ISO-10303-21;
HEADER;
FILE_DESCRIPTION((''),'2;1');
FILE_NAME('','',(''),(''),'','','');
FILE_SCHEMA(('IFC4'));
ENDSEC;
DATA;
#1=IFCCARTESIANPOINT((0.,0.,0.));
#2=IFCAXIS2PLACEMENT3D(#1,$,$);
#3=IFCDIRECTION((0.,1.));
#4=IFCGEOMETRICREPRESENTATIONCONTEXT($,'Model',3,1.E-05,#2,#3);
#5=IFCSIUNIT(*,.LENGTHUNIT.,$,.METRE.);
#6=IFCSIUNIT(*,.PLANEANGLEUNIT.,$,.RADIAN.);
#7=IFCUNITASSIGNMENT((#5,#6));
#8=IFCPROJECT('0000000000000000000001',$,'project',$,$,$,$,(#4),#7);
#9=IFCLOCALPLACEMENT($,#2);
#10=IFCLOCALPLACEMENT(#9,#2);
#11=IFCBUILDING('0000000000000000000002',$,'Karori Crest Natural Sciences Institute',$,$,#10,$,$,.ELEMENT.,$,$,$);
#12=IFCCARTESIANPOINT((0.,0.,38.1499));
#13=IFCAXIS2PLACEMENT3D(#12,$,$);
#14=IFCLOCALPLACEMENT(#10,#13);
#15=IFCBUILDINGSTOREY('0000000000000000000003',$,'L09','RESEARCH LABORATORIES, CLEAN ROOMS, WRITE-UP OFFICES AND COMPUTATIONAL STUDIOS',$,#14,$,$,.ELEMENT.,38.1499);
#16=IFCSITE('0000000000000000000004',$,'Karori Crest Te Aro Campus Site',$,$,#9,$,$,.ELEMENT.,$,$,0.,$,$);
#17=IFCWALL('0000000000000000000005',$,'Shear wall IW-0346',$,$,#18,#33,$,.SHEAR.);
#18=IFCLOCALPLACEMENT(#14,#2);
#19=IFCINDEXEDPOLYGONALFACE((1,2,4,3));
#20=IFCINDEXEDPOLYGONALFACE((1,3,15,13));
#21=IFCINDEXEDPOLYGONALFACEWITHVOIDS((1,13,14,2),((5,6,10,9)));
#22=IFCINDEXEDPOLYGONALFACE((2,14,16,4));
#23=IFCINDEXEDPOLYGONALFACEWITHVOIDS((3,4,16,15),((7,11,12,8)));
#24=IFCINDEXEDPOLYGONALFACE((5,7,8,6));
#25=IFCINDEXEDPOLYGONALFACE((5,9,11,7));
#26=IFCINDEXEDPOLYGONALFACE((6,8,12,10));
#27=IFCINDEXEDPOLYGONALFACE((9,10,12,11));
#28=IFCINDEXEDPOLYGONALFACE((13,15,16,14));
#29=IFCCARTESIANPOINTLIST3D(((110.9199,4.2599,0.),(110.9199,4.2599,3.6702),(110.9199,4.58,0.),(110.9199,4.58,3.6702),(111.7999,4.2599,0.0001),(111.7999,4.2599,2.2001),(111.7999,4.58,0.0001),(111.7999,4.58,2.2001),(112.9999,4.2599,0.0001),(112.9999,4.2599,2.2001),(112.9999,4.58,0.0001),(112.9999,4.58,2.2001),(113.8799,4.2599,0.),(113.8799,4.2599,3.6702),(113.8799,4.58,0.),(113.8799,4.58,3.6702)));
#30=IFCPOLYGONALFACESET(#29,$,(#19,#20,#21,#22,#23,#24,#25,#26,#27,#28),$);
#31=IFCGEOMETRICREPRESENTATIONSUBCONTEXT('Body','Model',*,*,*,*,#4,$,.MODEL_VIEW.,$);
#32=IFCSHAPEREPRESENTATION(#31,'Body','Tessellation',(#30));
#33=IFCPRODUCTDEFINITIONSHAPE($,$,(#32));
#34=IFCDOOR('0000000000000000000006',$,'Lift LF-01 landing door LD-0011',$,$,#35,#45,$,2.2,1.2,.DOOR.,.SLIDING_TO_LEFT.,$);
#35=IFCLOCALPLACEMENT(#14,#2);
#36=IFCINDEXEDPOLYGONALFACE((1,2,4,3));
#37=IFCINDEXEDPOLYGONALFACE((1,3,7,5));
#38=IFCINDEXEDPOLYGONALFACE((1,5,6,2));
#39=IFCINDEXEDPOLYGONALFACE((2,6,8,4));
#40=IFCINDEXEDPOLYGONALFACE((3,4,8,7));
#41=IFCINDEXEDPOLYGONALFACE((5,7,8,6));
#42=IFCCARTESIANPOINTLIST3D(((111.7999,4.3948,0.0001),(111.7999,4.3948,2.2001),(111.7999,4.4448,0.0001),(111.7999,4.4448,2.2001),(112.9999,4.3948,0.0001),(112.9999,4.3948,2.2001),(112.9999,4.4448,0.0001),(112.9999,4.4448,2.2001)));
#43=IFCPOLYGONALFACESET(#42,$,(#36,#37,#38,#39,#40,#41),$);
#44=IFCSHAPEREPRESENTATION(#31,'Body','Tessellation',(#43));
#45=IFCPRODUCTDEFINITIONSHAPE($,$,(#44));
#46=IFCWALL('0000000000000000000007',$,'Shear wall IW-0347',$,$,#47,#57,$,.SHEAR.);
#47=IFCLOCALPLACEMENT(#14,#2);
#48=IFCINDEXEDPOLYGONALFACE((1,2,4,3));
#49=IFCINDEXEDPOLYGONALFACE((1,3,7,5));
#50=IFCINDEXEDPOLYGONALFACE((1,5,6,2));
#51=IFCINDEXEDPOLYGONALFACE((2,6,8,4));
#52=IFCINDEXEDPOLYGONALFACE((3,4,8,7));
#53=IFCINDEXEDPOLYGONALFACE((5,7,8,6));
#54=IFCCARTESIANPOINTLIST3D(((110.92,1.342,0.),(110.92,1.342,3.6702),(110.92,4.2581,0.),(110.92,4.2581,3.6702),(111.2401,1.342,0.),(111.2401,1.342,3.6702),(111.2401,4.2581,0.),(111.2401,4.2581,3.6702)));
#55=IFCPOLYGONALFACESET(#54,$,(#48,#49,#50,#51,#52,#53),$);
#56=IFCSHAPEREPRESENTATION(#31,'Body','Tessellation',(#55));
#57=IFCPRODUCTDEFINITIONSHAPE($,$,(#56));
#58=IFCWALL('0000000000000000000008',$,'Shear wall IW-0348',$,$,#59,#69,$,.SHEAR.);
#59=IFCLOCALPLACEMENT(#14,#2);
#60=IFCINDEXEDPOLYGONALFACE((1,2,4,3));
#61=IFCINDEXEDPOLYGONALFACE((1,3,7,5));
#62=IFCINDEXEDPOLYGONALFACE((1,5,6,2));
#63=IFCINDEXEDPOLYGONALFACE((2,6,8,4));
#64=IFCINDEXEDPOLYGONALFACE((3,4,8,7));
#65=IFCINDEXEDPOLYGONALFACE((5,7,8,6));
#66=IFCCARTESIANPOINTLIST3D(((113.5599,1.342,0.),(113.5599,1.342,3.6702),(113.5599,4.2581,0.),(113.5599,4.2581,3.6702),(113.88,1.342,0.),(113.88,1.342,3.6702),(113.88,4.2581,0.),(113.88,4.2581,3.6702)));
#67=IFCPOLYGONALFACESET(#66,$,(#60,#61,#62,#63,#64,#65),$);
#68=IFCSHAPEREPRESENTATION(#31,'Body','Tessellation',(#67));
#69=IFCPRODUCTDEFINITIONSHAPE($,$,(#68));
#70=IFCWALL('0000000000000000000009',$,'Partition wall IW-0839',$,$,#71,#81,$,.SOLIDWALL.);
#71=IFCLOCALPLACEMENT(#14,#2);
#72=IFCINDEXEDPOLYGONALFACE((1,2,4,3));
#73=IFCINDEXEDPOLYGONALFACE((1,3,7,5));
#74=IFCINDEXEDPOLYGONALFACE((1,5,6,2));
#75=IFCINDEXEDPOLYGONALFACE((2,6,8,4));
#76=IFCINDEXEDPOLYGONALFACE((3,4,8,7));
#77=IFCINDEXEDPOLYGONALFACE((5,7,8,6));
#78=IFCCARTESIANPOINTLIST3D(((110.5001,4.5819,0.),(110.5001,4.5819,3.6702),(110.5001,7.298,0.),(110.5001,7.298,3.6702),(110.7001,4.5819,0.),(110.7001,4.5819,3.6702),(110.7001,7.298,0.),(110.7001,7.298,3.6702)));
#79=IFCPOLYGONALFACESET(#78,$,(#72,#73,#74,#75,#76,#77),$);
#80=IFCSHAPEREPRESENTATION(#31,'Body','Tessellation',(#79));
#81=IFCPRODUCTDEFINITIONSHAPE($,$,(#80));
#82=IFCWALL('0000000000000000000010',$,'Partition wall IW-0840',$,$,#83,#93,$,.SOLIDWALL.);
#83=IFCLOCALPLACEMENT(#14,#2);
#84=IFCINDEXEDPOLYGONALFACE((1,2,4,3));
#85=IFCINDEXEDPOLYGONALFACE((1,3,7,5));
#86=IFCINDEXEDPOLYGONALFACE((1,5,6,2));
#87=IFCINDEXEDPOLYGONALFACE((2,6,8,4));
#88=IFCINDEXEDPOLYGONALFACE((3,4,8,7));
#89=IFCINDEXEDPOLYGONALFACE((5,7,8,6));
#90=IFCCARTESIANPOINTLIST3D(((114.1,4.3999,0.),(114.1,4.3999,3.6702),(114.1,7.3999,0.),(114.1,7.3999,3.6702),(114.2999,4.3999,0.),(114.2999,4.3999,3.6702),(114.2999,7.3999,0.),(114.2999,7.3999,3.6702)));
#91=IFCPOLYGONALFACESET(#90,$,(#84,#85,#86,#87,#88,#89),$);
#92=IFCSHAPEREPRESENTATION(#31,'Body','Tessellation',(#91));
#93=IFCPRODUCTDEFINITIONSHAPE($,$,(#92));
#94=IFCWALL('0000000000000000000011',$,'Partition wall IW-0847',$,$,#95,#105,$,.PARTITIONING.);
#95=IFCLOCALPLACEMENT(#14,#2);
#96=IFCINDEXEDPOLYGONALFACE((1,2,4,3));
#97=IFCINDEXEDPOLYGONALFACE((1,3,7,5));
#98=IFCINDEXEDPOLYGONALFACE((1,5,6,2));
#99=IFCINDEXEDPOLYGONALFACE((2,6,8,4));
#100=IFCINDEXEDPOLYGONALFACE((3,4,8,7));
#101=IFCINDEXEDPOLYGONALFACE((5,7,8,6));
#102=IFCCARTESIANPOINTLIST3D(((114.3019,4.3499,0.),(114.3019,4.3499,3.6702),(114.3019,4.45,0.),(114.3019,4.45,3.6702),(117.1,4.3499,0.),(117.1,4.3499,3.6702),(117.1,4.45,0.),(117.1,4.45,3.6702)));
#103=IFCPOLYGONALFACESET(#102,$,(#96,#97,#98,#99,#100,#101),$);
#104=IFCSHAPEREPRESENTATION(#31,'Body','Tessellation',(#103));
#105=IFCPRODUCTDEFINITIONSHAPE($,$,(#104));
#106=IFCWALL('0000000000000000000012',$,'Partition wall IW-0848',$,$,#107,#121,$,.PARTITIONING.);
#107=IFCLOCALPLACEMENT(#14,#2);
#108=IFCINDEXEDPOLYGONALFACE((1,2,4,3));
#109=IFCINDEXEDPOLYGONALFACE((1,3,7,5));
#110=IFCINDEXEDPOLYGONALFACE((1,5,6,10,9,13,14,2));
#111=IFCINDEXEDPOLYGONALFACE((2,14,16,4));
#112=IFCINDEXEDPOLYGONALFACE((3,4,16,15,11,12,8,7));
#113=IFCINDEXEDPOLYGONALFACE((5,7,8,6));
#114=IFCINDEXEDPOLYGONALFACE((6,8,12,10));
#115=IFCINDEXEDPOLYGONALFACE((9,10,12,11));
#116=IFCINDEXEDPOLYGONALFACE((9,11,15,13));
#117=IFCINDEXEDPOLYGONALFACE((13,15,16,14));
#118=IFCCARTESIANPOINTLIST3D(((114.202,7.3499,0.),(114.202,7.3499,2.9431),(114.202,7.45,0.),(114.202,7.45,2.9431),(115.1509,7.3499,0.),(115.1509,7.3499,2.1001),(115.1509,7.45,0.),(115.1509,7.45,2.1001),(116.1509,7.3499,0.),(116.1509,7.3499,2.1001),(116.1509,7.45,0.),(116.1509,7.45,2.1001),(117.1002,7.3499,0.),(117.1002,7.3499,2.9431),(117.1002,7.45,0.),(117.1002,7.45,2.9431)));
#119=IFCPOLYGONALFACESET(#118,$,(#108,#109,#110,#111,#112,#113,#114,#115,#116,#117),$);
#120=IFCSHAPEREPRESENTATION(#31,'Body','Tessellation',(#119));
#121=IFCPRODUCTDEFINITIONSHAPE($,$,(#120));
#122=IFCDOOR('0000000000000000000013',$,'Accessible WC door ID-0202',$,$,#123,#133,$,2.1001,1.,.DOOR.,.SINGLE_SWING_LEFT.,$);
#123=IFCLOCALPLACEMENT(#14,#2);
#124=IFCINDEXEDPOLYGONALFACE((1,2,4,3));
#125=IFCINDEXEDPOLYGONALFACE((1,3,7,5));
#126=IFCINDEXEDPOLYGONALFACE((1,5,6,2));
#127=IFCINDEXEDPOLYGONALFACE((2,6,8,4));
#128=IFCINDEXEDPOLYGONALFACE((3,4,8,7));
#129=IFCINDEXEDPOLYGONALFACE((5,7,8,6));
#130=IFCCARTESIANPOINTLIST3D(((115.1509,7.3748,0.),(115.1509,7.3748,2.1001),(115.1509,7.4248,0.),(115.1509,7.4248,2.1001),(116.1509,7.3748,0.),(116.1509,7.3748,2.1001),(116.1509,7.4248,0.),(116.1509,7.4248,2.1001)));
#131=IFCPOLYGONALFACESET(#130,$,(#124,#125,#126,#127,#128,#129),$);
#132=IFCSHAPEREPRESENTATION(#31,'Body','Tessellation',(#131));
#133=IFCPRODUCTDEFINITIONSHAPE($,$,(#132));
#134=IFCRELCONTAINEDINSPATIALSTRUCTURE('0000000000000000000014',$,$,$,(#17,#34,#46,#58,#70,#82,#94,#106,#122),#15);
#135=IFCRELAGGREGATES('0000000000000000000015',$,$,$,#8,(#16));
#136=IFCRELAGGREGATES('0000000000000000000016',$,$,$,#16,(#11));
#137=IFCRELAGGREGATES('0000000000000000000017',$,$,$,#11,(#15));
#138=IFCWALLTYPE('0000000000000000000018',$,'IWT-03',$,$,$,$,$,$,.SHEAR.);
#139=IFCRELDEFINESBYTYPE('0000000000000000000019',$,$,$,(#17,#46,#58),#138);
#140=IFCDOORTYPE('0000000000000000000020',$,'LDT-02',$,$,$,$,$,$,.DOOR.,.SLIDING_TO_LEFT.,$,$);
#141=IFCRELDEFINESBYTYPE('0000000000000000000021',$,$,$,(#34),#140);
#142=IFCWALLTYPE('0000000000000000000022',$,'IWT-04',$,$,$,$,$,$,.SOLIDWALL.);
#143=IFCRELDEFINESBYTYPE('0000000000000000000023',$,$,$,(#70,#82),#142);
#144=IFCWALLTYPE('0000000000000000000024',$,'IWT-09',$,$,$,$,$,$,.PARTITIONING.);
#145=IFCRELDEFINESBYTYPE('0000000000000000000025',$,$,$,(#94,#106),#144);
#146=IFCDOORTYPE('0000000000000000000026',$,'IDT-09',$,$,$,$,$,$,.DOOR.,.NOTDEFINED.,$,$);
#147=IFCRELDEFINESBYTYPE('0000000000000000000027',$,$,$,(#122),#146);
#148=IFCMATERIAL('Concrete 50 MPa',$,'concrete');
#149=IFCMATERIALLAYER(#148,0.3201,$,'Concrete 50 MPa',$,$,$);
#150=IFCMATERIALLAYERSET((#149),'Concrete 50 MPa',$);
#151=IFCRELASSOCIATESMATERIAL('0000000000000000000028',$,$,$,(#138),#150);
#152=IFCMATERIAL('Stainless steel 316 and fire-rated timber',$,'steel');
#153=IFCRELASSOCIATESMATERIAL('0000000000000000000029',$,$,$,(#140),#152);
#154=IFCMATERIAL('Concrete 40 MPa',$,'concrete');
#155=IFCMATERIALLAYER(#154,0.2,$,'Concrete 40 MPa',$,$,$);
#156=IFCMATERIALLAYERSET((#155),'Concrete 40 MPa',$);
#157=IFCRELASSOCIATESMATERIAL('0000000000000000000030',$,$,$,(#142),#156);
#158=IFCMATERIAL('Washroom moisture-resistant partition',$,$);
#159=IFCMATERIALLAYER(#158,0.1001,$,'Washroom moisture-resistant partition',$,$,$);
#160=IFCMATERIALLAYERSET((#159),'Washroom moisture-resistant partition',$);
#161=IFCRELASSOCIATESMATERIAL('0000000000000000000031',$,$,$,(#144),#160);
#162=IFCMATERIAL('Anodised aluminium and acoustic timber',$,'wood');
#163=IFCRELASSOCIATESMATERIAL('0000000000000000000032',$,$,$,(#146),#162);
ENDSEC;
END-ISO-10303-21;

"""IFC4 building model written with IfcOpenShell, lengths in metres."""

from ifc_helpers import new_model, si_unit, direction, frame, frame_2d, origin, place, context, subcontext, project, spatial, rectangle, extrude, material, layer, layer_set, type_object, element, fill, save


model = new_model("IFC4")

# Units and contexts
model_context = context("Model", 3, precision=1e-05, world=origin(), true_north=direction((0.0, 1.0)))
body_context = subcontext(model_context, "Body", "Model", "MODEL_VIEW")
ifc_project = project(units=[si_unit("LENGTHUNIT", "METRE"), si_unit("PLANEANGLEUNIT", "RADIAN")], contexts=[model_context])

# Site, building, storey
site_placement = place(None, origin())
site = spatial("IfcSite", under=ifc_project, at=site_placement, Name="Karori Crest Te Aro Campus Site", CompositionType="ELEMENT", RefElevation=0.0)
building_placement = place(site_placement, origin())
building = spatial("IfcBuilding", under=site, at=building_placement, Name="Karori Crest Natural Sciences Institute", CompositionType="ELEMENT")
storey_placement = place(building_placement, frame((0.0, 0.0, 38.1499)))
storey = spatial("IfcBuildingStorey", under=building, at=storey_placement, Name="L09", Description="RESEARCH LABORATORIES, CLEAN ROOMS, WRITE-UP OFFICES AND COMPUTATIONAL STUDIOS", CompositionType="ELEMENT", Elevation=38.1499)

# Shared definitions
ifc_material_1 = material(Name="Concrete 50 MPa", Category="concrete")

# Shared definitions
ifc_layer_1 = layer(ifc_material_1, 0.3201, Name="Concrete 50 MPa")
ifc_layer_set_1 = layer_set([ifc_layer_1], Name="Concrete 50 MPa")
wall_type_1 = type_object("IfcWallType", Name="IWT-03", PredefinedType="SHEAR", material=ifc_layer_set_1)

# Wall, opening, door
wall_1_placement = place(storey_placement, frame((110.9199, 4.4199, 0.0), z_axis=(0.0, 0.0, 1.0), x_axis=(1.0, 0.0, 0.0)))
wall_1 = element("IfcWall", 1, at=wall_1_placement, inside=storey, type_object=wall_type_1, Name="Shear wall IW-0346", PredefinedType="SHEAR", context=body_context, shape_type="SweptSolid", body=[
    extrude(rectangle(XDim=2.96, YDim=0.3201, at=frame_2d((1.48, 0.0))), origin(), (0.0, 0.0, 1.0), 3.6702),
])
opening_1_placement = place(wall_1_placement, frame((0.8799, 0.0, 0.0)))
opening_1 = element("IfcOpeningElement", 2, at=opening_1_placement, cuts=wall_1, PredefinedType="OPENING", context=body_context, shape_type="SweptSolid", body=[
    extrude(rectangle(XDim=1.2, YDim=2.2, at=frame_2d((0.6001, 1.1001))), frame((0.0, 0.1699, 0.0), z_axis=(0.0, -1.0, 0.0), x_axis=(1.0, 0.0, 0.0)), (0.0, 0.0, 1.0), 0.3401),
])
ifc_material_2 = material(Name="Stainless steel 316 and fire-rated timber", Category="steel")
door_type_1 = type_object("IfcDoorType", Name="LDT-02", OperationType="SLIDING_TO_LEFT", PredefinedType="DOOR", material=ifc_material_2)
door_1_placement = place(opening_1_placement, origin())
door_1 = element("IfcDoor", 3, at=door_1_placement, inside=storey, type_object=door_type_1, Name="Lift LF-01 landing door LD-0011", OperationType="SLIDING_TO_LEFT", OverallHeight=2.2, OverallWidth=1.2, PredefinedType="DOOR", context=body_context, shape_type="SweptSolid", body=[
    extrude(rectangle(XDim=1.2, YDim=2.2, at=frame_2d((0.6001, 1.1001))), frame((0.0, 0.0249, 0.0), z_axis=(0.0, -1.0, 0.0), x_axis=(1.0, 0.0, 0.0)), (0.0, 0.0, 1.0), 0.05),
])
fill(opening_1, door_1)

# Walls
for number, where, z_axis, x_axis, name in (
    (4, (111.0801, 1.342, 0.0), (0.0, 0.0, 1.0), (0.0, 1.0, 0.0), "Shear wall IW-0347"),
    (5, (113.72, 1.342, 0.0), (0.0, 0.0, 1.0), (0.0, 1.0, 0.0), "Shear wall IW-0348"),
):
    element("IfcWall", number, at=place(storey_placement, frame(where, z_axis=z_axis, x_axis=x_axis)), inside=storey, type_object=wall_type_1, Name=name, PredefinedType="SHEAR", context=body_context, shape_type="SweptSolid", body=[
        extrude(rectangle(XDim=2.916, YDim=0.3201, at=frame_2d((1.458, 0.0))), origin(), (0.0, 0.0, 1.0), 3.6702),
    ])
ifc_material_3 = material(Name="Concrete 40 MPa", Category="concrete")
ifc_layer_2 = layer(ifc_material_3, 0.2, Name="Concrete 40 MPa")
ifc_layer_set_2 = layer_set([ifc_layer_2], Name="Concrete 40 MPa")
wall_type_2 = type_object("IfcWallType", Name="IWT-04", PredefinedType="SOLIDWALL", material=ifc_layer_set_2)
wall_2_placement = place(storey_placement, frame((110.6001, 4.582, 0.0), z_axis=(0.0, 0.0, 1.0), x_axis=(0.0, 1.0, 0.0)))
element("IfcWall", 6, at=wall_2_placement, inside=storey, type_object=wall_type_2, Name="Partition wall IW-0839", PredefinedType="SOLIDWALL", context=body_context, shape_type="SweptSolid", body=[
    extrude(rectangle(XDim=2.7161, YDim=0.2, at=frame_2d((1.3579, 0.0))), origin(), (0.0, 0.0, 1.0), 3.6702),
])
wall_3_placement = place(storey_placement, frame((114.2, 4.3999, 0.0), z_axis=(0.0, 0.0, 1.0), x_axis=(0.0, 1.0, 0.0)))
element("IfcWall", 7, at=wall_3_placement, inside=storey, type_object=wall_type_2, Name="Partition wall IW-0840", PredefinedType="SOLIDWALL", context=body_context, shape_type="SweptSolid", body=[
    extrude(rectangle(XDim=3.0, YDim=0.2, at=frame_2d((1.5, 0.0))), origin(), (0.0, 0.0, 1.0), 3.6702),
])
ifc_material_4 = material(Name="Washroom moisture-resistant partition")
ifc_layer_3 = layer(ifc_material_4, 0.1001, Name="Washroom moisture-resistant partition")
ifc_layer_set_3 = layer_set([ifc_layer_3], Name="Washroom moisture-resistant partition")
wall_type_3 = type_object("IfcWallType", Name="IWT-09", PredefinedType="PARTITIONING", material=ifc_layer_set_3)
wall_4_placement = place(storey_placement, frame((114.302, 4.3999, 0.0), z_axis=(0.0, 0.0, 1.0), x_axis=(1.0, 0.0, 0.0)))
element("IfcWall", 8, at=wall_4_placement, inside=storey, type_object=wall_type_3, Name="Partition wall IW-0847", PredefinedType="PARTITIONING", context=body_context, shape_type="SweptSolid", body=[
    extrude(rectangle(XDim=2.7981, YDim=0.1001, at=frame_2d((1.3989, 0.0))), origin(), (0.0, 0.0, 1.0), 3.6702),
])

# Wall, opening, door
wall_5_placement = place(storey_placement, frame((114.2019, 7.3999, 0.0), z_axis=(0.0, 0.0, 1.0), x_axis=(1.0, 0.0, 0.0)))
wall_5 = element("IfcWall", 9, at=wall_5_placement, inside=storey, type_object=wall_type_3, Name="Partition wall IW-0848", PredefinedType="PARTITIONING", context=body_context, shape_type="SweptSolid", body=[
    extrude(rectangle(XDim=2.8982, YDim=0.1001, at=frame_2d((1.4492, 0.0))), origin(), (0.0, 0.0, 1.0), 2.9431),
])
opening_2_placement = place(wall_5_placement, frame((0.949, 0.0, 0.0)))
opening_2 = element("IfcOpeningElement", 10, at=opening_2_placement, cuts=wall_5, PredefinedType="OPENING", context=body_context, shape_type="SweptSolid", body=[
    extrude(rectangle(XDim=1.0, YDim=2.1001, at=frame_2d((0.5, 1.05))), frame((0.0, 0.0601, 0.0), z_axis=(0.0, -1.0, 0.0), x_axis=(1.0, 0.0, 0.0)), (0.0, 0.0, 1.0), 0.1201),
])
ifc_material_5 = material(Name="Anodised aluminium and acoustic timber", Category="wood")
door_type_2 = type_object("IfcDoorType", Name="IDT-09", OperationType="NOTDEFINED", PredefinedType="DOOR", material=ifc_material_5)
door_2_placement = place(opening_2_placement, origin())
door_2 = element("IfcDoor", 11, at=door_2_placement, inside=storey, type_object=door_type_2, Name="Accessible WC door ID-0202", OperationType="SINGLE_SWING_LEFT", OverallHeight=2.1001, OverallWidth=1.0, PredefinedType="DOOR", context=body_context, shape_type="SweptSolid", body=[
    extrude(rectangle(XDim=1.0, YDim=2.1001, at=frame_2d((0.5, 1.05))), frame((0.0, 0.0249, 0.0), z_axis=(0.0, -1.0, 0.0), x_axis=(1.0, 0.0, 0.0)), (0.0, 0.0, 1.0), 0.05),
])
fill(opening_2, door_2)

save(model, "model.ifc")
